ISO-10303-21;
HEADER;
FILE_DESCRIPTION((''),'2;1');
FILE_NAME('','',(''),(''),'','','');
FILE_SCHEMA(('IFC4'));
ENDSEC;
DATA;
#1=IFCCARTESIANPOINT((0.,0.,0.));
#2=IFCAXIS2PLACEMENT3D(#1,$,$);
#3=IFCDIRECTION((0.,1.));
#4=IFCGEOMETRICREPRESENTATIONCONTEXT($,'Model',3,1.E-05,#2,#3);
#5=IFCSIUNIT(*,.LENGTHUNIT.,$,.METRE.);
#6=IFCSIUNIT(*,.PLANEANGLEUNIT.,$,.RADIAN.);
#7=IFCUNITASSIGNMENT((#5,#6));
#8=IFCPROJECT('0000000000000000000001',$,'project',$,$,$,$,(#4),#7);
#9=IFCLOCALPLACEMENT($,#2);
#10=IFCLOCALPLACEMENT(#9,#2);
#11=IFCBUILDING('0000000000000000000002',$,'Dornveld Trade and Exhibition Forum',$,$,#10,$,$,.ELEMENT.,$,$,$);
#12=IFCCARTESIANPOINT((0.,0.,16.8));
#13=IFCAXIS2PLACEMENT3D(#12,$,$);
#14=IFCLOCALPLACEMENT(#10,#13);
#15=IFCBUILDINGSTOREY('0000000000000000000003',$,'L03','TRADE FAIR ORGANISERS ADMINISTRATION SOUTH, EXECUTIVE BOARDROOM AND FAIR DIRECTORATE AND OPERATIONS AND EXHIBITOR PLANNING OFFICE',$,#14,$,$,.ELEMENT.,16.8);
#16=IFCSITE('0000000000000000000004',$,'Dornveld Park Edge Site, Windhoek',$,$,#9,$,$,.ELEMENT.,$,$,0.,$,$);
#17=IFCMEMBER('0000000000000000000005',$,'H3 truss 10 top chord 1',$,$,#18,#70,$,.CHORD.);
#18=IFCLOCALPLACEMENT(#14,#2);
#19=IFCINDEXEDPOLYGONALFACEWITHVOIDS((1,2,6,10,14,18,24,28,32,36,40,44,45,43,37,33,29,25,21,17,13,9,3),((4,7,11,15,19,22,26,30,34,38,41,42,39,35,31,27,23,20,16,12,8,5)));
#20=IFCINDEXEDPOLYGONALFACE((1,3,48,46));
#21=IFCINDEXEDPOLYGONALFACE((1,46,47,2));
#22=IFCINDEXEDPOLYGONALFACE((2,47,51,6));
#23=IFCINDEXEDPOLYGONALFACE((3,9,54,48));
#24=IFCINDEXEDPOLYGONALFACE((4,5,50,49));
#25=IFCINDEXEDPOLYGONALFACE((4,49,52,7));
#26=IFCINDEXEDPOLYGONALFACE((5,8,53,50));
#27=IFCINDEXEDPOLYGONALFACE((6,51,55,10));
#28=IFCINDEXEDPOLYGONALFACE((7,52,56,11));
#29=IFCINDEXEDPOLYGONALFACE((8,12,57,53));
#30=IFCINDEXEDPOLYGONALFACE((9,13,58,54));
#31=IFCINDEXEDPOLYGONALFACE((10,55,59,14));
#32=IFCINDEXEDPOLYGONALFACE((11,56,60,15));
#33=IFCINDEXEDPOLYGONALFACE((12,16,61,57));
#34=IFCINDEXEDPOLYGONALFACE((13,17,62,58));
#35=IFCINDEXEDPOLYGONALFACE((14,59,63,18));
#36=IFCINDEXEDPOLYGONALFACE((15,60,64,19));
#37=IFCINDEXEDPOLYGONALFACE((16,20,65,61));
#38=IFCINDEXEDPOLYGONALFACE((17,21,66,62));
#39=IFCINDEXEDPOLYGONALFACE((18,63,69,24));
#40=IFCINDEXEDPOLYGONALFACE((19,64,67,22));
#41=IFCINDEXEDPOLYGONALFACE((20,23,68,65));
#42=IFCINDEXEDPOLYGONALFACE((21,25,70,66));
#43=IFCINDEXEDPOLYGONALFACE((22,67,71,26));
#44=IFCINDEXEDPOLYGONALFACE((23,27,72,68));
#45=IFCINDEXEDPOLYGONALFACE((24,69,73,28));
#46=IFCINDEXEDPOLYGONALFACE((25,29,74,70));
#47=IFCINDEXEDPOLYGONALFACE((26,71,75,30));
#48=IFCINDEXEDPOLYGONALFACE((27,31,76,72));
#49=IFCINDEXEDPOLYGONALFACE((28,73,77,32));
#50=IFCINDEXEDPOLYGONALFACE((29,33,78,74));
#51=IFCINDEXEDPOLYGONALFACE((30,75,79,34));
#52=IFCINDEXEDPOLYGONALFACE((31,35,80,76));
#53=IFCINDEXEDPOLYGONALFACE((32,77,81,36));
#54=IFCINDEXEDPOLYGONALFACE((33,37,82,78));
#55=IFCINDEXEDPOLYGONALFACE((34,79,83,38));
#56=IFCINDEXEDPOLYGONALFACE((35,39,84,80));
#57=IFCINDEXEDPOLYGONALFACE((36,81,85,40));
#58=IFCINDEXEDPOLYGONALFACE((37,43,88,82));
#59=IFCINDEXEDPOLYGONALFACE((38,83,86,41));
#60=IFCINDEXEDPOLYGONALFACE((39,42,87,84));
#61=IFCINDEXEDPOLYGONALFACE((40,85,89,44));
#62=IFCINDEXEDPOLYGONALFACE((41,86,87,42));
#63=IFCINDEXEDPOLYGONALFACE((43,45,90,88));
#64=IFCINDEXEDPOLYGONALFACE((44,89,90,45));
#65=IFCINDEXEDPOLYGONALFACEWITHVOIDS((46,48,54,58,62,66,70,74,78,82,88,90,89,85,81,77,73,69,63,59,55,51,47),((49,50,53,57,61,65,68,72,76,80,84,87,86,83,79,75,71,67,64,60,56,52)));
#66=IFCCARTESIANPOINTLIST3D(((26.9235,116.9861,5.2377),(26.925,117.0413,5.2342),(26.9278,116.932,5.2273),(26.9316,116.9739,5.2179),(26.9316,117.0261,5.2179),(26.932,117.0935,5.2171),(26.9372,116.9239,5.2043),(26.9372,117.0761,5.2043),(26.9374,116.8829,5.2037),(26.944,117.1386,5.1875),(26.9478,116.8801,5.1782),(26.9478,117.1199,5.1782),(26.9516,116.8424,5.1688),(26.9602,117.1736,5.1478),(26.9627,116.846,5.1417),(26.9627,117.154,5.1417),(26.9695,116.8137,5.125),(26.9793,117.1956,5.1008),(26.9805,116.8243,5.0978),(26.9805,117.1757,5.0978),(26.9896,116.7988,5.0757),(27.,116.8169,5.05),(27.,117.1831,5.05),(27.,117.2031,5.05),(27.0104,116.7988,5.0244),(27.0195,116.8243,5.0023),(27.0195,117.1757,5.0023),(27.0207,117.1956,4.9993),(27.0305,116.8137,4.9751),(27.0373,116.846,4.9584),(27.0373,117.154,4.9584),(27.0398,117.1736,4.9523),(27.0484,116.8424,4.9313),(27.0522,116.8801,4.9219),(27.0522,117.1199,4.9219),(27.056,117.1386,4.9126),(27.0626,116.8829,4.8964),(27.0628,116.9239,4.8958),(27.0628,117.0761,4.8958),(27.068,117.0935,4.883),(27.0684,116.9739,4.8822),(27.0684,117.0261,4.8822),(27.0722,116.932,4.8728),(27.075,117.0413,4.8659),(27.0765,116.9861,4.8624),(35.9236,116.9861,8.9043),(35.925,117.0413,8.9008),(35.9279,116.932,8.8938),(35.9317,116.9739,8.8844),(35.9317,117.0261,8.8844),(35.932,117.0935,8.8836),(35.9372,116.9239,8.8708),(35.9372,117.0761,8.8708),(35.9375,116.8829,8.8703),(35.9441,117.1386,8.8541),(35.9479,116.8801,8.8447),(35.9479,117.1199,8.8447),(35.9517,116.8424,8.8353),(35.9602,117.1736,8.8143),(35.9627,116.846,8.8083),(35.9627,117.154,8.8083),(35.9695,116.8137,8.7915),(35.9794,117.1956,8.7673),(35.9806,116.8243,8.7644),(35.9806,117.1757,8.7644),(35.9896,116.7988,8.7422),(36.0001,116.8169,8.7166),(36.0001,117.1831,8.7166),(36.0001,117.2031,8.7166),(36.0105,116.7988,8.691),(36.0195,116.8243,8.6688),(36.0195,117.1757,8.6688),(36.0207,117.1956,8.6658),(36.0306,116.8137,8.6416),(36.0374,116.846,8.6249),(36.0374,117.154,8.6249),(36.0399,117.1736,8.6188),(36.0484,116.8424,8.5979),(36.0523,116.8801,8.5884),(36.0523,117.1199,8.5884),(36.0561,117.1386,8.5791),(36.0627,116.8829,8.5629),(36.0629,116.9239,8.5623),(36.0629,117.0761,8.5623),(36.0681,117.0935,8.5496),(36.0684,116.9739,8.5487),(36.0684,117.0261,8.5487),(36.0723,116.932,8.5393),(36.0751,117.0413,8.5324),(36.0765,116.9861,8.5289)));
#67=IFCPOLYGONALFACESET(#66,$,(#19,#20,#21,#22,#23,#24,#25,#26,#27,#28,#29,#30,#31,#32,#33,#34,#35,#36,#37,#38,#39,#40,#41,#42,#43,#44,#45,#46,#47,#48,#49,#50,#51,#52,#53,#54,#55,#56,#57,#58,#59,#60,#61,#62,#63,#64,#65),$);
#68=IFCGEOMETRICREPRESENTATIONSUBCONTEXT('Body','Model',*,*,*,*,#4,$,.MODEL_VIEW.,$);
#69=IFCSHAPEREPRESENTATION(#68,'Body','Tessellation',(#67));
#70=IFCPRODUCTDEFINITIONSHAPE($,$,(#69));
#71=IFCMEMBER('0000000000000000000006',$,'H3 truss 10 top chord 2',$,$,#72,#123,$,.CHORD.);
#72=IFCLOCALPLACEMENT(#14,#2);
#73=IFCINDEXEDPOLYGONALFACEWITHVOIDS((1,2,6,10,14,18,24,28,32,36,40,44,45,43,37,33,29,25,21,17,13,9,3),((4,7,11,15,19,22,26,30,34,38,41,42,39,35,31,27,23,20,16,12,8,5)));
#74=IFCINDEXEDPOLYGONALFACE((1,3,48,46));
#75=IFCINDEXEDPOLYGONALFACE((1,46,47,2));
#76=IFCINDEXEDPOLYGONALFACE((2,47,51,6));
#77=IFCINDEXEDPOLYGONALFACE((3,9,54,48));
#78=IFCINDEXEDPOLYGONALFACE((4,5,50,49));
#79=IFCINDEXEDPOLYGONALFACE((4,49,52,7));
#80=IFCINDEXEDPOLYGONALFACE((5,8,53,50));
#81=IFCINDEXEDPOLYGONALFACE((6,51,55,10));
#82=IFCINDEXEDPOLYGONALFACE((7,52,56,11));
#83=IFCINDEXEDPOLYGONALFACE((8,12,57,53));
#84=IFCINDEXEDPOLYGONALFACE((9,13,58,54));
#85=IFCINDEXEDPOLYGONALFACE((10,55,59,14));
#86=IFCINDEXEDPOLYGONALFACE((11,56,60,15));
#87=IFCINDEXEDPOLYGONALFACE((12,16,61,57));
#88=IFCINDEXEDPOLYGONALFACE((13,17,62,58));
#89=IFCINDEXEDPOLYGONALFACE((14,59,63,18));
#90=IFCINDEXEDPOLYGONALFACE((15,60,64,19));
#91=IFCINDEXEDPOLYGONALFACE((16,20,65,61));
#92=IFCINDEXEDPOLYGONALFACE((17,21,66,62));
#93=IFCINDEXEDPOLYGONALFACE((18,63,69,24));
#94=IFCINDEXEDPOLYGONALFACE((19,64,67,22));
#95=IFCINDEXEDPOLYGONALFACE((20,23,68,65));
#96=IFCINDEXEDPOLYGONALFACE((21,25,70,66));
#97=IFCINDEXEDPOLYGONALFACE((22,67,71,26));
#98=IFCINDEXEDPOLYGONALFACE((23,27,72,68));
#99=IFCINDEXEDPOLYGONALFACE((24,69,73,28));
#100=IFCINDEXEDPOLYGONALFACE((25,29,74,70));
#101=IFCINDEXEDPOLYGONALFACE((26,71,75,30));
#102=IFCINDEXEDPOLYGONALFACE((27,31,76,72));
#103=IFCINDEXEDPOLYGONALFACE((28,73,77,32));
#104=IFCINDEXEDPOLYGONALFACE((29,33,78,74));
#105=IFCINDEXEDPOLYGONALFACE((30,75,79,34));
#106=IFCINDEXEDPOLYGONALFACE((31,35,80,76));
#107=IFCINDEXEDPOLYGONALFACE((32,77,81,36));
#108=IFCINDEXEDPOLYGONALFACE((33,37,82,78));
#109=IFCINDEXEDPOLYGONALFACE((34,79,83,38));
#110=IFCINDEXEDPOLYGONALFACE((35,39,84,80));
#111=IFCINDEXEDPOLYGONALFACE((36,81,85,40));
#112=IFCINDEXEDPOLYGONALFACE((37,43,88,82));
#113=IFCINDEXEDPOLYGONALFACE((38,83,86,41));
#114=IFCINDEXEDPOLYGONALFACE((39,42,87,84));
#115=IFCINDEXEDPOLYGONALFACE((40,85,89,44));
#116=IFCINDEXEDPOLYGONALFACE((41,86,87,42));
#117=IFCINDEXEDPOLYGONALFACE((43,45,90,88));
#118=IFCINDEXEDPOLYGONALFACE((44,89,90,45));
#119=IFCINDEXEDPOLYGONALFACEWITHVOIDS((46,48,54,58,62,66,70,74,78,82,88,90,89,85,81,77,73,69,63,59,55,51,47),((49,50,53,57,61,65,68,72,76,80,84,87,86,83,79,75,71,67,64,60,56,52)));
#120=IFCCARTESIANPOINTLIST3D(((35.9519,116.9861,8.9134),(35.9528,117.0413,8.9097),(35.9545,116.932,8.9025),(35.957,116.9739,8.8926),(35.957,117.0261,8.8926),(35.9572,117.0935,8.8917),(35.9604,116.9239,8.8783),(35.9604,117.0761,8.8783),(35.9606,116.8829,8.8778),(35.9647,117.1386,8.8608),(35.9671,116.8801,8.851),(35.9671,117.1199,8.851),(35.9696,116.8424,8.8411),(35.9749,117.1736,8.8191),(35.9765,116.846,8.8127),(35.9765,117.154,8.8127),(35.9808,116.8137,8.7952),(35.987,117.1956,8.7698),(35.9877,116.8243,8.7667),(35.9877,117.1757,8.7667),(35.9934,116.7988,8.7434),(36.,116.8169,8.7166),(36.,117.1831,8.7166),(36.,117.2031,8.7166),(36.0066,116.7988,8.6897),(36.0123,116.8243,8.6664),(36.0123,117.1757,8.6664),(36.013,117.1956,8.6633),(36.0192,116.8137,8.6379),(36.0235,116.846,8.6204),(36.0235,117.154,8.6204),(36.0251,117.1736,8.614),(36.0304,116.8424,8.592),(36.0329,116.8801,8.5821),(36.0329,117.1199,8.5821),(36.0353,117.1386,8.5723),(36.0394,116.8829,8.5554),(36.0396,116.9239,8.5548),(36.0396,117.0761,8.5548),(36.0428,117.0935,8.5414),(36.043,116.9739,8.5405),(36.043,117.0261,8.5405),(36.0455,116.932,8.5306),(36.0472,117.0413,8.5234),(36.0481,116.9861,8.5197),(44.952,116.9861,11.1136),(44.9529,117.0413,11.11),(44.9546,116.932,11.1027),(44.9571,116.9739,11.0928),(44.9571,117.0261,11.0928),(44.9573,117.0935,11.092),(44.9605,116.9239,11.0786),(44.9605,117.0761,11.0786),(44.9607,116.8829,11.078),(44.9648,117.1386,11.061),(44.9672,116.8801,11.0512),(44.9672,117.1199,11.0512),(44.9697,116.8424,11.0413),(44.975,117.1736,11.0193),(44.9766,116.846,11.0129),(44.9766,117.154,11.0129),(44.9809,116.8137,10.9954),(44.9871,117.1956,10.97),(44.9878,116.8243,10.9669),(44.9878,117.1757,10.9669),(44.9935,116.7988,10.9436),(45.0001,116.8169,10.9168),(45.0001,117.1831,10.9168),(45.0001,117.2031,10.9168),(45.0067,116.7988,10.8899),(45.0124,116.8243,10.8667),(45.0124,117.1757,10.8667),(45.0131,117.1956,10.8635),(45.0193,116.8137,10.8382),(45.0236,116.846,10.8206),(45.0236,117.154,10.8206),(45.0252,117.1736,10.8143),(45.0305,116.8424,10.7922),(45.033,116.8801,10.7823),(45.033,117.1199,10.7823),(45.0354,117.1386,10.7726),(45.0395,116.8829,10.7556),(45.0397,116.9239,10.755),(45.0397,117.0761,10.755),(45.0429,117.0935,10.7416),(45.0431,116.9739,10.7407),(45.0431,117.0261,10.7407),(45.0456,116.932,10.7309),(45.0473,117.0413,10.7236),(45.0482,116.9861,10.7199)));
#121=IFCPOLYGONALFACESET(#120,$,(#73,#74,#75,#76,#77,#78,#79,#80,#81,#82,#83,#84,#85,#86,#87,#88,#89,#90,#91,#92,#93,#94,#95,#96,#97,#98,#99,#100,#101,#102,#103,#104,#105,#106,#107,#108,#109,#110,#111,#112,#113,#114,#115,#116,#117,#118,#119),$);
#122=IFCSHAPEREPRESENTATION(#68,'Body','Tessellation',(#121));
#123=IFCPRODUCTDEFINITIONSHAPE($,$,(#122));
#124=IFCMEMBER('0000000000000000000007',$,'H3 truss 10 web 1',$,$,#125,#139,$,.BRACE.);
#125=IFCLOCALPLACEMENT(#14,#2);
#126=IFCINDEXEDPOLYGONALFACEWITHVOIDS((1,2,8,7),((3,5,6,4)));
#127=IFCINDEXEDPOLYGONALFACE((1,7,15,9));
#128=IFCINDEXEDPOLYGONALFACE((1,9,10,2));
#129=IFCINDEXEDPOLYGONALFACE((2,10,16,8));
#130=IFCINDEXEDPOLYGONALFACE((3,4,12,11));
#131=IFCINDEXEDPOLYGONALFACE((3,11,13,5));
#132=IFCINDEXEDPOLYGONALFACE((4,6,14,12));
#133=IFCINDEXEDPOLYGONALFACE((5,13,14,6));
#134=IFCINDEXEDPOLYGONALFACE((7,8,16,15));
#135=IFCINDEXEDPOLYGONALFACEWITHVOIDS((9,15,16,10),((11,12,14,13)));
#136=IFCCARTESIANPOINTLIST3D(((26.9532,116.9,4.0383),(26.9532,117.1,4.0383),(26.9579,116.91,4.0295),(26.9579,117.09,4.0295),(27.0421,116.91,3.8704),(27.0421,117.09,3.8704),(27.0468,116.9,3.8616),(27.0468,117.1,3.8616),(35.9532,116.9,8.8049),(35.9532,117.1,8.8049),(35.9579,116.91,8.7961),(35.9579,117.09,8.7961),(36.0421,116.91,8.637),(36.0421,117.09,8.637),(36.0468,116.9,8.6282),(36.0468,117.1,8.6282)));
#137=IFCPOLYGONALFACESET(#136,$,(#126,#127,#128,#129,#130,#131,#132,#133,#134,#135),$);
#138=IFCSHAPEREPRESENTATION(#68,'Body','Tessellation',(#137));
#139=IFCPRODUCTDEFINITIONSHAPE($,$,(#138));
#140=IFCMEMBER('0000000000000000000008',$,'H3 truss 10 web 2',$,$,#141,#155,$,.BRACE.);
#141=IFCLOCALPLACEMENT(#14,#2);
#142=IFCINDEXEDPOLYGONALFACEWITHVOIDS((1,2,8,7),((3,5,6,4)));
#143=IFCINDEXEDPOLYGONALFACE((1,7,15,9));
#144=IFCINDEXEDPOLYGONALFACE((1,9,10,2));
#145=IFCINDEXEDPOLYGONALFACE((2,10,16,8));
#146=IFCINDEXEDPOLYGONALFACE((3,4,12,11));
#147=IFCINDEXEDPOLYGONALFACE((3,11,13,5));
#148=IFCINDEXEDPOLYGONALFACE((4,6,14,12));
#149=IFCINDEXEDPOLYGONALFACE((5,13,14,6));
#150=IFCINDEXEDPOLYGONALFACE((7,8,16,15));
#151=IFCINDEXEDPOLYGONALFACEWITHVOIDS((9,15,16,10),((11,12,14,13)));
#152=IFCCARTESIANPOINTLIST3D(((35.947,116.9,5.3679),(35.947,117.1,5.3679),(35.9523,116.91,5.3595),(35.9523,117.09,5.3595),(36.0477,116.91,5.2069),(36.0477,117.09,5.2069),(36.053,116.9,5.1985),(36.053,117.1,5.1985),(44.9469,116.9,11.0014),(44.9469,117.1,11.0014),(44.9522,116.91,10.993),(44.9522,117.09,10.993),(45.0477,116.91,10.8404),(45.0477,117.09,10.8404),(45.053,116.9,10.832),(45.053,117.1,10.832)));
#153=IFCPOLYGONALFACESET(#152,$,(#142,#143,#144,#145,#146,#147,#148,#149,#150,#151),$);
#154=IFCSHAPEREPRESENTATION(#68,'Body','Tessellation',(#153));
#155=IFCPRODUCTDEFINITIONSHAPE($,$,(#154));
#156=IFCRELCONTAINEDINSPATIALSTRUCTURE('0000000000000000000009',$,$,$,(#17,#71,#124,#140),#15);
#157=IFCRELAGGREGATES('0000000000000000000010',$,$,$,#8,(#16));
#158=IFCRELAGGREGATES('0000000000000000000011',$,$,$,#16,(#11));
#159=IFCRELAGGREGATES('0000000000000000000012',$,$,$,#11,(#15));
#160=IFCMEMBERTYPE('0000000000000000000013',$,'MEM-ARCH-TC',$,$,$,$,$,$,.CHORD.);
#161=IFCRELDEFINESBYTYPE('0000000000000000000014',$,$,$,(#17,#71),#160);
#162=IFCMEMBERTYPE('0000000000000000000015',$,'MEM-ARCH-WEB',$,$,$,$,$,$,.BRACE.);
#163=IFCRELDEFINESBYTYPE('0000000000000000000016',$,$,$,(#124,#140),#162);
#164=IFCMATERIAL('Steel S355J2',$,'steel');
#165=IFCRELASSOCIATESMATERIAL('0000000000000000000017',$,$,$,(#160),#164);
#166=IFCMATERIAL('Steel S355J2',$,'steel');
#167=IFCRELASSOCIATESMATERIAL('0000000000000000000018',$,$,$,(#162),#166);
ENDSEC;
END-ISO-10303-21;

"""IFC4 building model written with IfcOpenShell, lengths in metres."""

from ifc_helpers import new_model, si_unit, direction, frame, origin, origin_2d, place, context, subcontext, project, spatial, hollow_rectangle, hollow_circle, extrude, material, material_profile, profile_set, type_object, element, save


model = new_model("IFC4")

# Units and contexts
model_context = context("Model", 3, precision=1e-05, world=origin(), true_north=direction((0.0, 1.0)))
body_context = subcontext(model_context, "Body", "Model", "MODEL_VIEW")
ifc_project = project(units=[si_unit("LENGTHUNIT", "METRE"), si_unit("PLANEANGLEUNIT", "RADIAN")], contexts=[model_context])

# Site, building, storey
site_placement = place(None, origin())
site = spatial("IfcSite", under=ifc_project, at=site_placement, Name="Dornveld Park Edge Site, Windhoek", CompositionType="ELEMENT", RefElevation=0.0)
building_placement = place(site_placement, origin())
building = spatial("IfcBuilding", under=site, at=building_placement, Name="Dornveld Trade and Exhibition Forum", CompositionType="ELEMENT")
storey_placement = place(building_placement, frame((0.0, 0.0, 16.8)))
storey = spatial("IfcBuildingStorey", under=building, at=storey_placement, Name="L03", Description="TRADE FAIR ORGANISERS ADMINISTRATION SOUTH, EXECUTIVE BOARDROOM AND FAIR DIRECTORATE AND OPERATIONS AND EXHIBITOR PLANNING OFFICE", CompositionType="ELEMENT", Elevation=16.8)

# Members
ifc_material_1 = material(Name="Steel S355J2", Category="steel")
ifc_material_profile_1 = material_profile(ifc_material_1, hollow_circle(Radius=0.2031, WallThickness=0.02, at=origin_2d()), Name="CHS 406.4x20")
ifc_profile_set_1 = profile_set([ifc_material_profile_1], Name="Steel S355J2")
member_type_1 = type_object("IfcMemberType", Name="MEM-ARCH-TC", PredefinedType="CHORD", material=ifc_profile_set_1)
member_1_placement = place(storey_placement, frame((27.0, 117.0, 5.05), z_axis=(0.926098, 0.0, 0.377283), x_axis=(0.0, 1.0, 0.0)))
element("IfcMember", 1, at=member_1_placement, inside=storey, type_object=member_type_1, Name="H3 truss 10 top chord 1", PredefinedType="CHORD", context=body_context, shape_type="SweptSolid", body=[
    extrude(hollow_circle(Radius=0.2031, WallThickness=0.02, at=origin_2d()), origin(), (0.0, 0.0, 1.0), 9.7183),
])
member_2_placement = place(storey_placement, frame((36.0, 117.0, 8.7166), z_axis=(0.971394, 0.0, 0.237473), x_axis=(0.0, 1.0, 0.0)))
element("IfcMember", 2, at=member_2_placement, inside=storey, type_object=member_type_1, Name="H3 truss 10 top chord 2", PredefinedType="CHORD", context=body_context, shape_type="SweptSolid", body=[
    extrude(hollow_circle(Radius=0.2031, WallThickness=0.02, at=origin_2d()), origin(), (0.0, 0.0, 1.0), 9.2651),
])
ifc_material_2 = material(Name="Steel S355J2", Category="steel")
ifc_material_profile_2 = material_profile(ifc_material_2, hollow_rectangle(XDim=0.2, YDim=0.2, WallThickness=0.01, at=origin_2d()), Name="SHS 200x200x10")
ifc_profile_set_2 = profile_set([ifc_material_profile_2], Name="Steel S355J2")
member_type_2 = type_object("IfcMemberType", Name="MEM-ARCH-WEB", PredefinedType="BRACE", material=ifc_profile_set_2)
member_3_placement = place(storey_placement, frame((27.0, 117.0, 3.95), z_axis=(0.883711, 0.0, 0.468033), x_axis=(0.0, 1.0, 0.0)))
element("IfcMember", 3, at=member_3_placement, inside=storey, type_object=member_type_2, Name="H3 truss 10 web 1", PredefinedType="BRACE", context=body_context, shape_type="SweptSolid", body=[
    extrude(hollow_rectangle(XDim=0.2, YDim=0.2, WallThickness=0.01, at=origin_2d()), origin(), (0.0, 0.0, 1.0), 10.1843),
])
member_4_placement = place(storey_placement, frame((36.0, 117.0, 5.2832), z_axis=(0.847636, 0.0, 0.530578), x_axis=(0.0, 1.0, 0.0)))
element("IfcMember", 4, at=member_4_placement, inside=storey, type_object=member_type_2, Name="H3 truss 10 web 2", PredefinedType="BRACE", context=body_context, shape_type="SweptSolid", body=[
    extrude(hollow_rectangle(XDim=0.2, YDim=0.2, WallThickness=0.01, at=origin_2d()), origin(), (0.0, 0.0, 1.0), 10.6177),
])

save(model, "model.ifc")
